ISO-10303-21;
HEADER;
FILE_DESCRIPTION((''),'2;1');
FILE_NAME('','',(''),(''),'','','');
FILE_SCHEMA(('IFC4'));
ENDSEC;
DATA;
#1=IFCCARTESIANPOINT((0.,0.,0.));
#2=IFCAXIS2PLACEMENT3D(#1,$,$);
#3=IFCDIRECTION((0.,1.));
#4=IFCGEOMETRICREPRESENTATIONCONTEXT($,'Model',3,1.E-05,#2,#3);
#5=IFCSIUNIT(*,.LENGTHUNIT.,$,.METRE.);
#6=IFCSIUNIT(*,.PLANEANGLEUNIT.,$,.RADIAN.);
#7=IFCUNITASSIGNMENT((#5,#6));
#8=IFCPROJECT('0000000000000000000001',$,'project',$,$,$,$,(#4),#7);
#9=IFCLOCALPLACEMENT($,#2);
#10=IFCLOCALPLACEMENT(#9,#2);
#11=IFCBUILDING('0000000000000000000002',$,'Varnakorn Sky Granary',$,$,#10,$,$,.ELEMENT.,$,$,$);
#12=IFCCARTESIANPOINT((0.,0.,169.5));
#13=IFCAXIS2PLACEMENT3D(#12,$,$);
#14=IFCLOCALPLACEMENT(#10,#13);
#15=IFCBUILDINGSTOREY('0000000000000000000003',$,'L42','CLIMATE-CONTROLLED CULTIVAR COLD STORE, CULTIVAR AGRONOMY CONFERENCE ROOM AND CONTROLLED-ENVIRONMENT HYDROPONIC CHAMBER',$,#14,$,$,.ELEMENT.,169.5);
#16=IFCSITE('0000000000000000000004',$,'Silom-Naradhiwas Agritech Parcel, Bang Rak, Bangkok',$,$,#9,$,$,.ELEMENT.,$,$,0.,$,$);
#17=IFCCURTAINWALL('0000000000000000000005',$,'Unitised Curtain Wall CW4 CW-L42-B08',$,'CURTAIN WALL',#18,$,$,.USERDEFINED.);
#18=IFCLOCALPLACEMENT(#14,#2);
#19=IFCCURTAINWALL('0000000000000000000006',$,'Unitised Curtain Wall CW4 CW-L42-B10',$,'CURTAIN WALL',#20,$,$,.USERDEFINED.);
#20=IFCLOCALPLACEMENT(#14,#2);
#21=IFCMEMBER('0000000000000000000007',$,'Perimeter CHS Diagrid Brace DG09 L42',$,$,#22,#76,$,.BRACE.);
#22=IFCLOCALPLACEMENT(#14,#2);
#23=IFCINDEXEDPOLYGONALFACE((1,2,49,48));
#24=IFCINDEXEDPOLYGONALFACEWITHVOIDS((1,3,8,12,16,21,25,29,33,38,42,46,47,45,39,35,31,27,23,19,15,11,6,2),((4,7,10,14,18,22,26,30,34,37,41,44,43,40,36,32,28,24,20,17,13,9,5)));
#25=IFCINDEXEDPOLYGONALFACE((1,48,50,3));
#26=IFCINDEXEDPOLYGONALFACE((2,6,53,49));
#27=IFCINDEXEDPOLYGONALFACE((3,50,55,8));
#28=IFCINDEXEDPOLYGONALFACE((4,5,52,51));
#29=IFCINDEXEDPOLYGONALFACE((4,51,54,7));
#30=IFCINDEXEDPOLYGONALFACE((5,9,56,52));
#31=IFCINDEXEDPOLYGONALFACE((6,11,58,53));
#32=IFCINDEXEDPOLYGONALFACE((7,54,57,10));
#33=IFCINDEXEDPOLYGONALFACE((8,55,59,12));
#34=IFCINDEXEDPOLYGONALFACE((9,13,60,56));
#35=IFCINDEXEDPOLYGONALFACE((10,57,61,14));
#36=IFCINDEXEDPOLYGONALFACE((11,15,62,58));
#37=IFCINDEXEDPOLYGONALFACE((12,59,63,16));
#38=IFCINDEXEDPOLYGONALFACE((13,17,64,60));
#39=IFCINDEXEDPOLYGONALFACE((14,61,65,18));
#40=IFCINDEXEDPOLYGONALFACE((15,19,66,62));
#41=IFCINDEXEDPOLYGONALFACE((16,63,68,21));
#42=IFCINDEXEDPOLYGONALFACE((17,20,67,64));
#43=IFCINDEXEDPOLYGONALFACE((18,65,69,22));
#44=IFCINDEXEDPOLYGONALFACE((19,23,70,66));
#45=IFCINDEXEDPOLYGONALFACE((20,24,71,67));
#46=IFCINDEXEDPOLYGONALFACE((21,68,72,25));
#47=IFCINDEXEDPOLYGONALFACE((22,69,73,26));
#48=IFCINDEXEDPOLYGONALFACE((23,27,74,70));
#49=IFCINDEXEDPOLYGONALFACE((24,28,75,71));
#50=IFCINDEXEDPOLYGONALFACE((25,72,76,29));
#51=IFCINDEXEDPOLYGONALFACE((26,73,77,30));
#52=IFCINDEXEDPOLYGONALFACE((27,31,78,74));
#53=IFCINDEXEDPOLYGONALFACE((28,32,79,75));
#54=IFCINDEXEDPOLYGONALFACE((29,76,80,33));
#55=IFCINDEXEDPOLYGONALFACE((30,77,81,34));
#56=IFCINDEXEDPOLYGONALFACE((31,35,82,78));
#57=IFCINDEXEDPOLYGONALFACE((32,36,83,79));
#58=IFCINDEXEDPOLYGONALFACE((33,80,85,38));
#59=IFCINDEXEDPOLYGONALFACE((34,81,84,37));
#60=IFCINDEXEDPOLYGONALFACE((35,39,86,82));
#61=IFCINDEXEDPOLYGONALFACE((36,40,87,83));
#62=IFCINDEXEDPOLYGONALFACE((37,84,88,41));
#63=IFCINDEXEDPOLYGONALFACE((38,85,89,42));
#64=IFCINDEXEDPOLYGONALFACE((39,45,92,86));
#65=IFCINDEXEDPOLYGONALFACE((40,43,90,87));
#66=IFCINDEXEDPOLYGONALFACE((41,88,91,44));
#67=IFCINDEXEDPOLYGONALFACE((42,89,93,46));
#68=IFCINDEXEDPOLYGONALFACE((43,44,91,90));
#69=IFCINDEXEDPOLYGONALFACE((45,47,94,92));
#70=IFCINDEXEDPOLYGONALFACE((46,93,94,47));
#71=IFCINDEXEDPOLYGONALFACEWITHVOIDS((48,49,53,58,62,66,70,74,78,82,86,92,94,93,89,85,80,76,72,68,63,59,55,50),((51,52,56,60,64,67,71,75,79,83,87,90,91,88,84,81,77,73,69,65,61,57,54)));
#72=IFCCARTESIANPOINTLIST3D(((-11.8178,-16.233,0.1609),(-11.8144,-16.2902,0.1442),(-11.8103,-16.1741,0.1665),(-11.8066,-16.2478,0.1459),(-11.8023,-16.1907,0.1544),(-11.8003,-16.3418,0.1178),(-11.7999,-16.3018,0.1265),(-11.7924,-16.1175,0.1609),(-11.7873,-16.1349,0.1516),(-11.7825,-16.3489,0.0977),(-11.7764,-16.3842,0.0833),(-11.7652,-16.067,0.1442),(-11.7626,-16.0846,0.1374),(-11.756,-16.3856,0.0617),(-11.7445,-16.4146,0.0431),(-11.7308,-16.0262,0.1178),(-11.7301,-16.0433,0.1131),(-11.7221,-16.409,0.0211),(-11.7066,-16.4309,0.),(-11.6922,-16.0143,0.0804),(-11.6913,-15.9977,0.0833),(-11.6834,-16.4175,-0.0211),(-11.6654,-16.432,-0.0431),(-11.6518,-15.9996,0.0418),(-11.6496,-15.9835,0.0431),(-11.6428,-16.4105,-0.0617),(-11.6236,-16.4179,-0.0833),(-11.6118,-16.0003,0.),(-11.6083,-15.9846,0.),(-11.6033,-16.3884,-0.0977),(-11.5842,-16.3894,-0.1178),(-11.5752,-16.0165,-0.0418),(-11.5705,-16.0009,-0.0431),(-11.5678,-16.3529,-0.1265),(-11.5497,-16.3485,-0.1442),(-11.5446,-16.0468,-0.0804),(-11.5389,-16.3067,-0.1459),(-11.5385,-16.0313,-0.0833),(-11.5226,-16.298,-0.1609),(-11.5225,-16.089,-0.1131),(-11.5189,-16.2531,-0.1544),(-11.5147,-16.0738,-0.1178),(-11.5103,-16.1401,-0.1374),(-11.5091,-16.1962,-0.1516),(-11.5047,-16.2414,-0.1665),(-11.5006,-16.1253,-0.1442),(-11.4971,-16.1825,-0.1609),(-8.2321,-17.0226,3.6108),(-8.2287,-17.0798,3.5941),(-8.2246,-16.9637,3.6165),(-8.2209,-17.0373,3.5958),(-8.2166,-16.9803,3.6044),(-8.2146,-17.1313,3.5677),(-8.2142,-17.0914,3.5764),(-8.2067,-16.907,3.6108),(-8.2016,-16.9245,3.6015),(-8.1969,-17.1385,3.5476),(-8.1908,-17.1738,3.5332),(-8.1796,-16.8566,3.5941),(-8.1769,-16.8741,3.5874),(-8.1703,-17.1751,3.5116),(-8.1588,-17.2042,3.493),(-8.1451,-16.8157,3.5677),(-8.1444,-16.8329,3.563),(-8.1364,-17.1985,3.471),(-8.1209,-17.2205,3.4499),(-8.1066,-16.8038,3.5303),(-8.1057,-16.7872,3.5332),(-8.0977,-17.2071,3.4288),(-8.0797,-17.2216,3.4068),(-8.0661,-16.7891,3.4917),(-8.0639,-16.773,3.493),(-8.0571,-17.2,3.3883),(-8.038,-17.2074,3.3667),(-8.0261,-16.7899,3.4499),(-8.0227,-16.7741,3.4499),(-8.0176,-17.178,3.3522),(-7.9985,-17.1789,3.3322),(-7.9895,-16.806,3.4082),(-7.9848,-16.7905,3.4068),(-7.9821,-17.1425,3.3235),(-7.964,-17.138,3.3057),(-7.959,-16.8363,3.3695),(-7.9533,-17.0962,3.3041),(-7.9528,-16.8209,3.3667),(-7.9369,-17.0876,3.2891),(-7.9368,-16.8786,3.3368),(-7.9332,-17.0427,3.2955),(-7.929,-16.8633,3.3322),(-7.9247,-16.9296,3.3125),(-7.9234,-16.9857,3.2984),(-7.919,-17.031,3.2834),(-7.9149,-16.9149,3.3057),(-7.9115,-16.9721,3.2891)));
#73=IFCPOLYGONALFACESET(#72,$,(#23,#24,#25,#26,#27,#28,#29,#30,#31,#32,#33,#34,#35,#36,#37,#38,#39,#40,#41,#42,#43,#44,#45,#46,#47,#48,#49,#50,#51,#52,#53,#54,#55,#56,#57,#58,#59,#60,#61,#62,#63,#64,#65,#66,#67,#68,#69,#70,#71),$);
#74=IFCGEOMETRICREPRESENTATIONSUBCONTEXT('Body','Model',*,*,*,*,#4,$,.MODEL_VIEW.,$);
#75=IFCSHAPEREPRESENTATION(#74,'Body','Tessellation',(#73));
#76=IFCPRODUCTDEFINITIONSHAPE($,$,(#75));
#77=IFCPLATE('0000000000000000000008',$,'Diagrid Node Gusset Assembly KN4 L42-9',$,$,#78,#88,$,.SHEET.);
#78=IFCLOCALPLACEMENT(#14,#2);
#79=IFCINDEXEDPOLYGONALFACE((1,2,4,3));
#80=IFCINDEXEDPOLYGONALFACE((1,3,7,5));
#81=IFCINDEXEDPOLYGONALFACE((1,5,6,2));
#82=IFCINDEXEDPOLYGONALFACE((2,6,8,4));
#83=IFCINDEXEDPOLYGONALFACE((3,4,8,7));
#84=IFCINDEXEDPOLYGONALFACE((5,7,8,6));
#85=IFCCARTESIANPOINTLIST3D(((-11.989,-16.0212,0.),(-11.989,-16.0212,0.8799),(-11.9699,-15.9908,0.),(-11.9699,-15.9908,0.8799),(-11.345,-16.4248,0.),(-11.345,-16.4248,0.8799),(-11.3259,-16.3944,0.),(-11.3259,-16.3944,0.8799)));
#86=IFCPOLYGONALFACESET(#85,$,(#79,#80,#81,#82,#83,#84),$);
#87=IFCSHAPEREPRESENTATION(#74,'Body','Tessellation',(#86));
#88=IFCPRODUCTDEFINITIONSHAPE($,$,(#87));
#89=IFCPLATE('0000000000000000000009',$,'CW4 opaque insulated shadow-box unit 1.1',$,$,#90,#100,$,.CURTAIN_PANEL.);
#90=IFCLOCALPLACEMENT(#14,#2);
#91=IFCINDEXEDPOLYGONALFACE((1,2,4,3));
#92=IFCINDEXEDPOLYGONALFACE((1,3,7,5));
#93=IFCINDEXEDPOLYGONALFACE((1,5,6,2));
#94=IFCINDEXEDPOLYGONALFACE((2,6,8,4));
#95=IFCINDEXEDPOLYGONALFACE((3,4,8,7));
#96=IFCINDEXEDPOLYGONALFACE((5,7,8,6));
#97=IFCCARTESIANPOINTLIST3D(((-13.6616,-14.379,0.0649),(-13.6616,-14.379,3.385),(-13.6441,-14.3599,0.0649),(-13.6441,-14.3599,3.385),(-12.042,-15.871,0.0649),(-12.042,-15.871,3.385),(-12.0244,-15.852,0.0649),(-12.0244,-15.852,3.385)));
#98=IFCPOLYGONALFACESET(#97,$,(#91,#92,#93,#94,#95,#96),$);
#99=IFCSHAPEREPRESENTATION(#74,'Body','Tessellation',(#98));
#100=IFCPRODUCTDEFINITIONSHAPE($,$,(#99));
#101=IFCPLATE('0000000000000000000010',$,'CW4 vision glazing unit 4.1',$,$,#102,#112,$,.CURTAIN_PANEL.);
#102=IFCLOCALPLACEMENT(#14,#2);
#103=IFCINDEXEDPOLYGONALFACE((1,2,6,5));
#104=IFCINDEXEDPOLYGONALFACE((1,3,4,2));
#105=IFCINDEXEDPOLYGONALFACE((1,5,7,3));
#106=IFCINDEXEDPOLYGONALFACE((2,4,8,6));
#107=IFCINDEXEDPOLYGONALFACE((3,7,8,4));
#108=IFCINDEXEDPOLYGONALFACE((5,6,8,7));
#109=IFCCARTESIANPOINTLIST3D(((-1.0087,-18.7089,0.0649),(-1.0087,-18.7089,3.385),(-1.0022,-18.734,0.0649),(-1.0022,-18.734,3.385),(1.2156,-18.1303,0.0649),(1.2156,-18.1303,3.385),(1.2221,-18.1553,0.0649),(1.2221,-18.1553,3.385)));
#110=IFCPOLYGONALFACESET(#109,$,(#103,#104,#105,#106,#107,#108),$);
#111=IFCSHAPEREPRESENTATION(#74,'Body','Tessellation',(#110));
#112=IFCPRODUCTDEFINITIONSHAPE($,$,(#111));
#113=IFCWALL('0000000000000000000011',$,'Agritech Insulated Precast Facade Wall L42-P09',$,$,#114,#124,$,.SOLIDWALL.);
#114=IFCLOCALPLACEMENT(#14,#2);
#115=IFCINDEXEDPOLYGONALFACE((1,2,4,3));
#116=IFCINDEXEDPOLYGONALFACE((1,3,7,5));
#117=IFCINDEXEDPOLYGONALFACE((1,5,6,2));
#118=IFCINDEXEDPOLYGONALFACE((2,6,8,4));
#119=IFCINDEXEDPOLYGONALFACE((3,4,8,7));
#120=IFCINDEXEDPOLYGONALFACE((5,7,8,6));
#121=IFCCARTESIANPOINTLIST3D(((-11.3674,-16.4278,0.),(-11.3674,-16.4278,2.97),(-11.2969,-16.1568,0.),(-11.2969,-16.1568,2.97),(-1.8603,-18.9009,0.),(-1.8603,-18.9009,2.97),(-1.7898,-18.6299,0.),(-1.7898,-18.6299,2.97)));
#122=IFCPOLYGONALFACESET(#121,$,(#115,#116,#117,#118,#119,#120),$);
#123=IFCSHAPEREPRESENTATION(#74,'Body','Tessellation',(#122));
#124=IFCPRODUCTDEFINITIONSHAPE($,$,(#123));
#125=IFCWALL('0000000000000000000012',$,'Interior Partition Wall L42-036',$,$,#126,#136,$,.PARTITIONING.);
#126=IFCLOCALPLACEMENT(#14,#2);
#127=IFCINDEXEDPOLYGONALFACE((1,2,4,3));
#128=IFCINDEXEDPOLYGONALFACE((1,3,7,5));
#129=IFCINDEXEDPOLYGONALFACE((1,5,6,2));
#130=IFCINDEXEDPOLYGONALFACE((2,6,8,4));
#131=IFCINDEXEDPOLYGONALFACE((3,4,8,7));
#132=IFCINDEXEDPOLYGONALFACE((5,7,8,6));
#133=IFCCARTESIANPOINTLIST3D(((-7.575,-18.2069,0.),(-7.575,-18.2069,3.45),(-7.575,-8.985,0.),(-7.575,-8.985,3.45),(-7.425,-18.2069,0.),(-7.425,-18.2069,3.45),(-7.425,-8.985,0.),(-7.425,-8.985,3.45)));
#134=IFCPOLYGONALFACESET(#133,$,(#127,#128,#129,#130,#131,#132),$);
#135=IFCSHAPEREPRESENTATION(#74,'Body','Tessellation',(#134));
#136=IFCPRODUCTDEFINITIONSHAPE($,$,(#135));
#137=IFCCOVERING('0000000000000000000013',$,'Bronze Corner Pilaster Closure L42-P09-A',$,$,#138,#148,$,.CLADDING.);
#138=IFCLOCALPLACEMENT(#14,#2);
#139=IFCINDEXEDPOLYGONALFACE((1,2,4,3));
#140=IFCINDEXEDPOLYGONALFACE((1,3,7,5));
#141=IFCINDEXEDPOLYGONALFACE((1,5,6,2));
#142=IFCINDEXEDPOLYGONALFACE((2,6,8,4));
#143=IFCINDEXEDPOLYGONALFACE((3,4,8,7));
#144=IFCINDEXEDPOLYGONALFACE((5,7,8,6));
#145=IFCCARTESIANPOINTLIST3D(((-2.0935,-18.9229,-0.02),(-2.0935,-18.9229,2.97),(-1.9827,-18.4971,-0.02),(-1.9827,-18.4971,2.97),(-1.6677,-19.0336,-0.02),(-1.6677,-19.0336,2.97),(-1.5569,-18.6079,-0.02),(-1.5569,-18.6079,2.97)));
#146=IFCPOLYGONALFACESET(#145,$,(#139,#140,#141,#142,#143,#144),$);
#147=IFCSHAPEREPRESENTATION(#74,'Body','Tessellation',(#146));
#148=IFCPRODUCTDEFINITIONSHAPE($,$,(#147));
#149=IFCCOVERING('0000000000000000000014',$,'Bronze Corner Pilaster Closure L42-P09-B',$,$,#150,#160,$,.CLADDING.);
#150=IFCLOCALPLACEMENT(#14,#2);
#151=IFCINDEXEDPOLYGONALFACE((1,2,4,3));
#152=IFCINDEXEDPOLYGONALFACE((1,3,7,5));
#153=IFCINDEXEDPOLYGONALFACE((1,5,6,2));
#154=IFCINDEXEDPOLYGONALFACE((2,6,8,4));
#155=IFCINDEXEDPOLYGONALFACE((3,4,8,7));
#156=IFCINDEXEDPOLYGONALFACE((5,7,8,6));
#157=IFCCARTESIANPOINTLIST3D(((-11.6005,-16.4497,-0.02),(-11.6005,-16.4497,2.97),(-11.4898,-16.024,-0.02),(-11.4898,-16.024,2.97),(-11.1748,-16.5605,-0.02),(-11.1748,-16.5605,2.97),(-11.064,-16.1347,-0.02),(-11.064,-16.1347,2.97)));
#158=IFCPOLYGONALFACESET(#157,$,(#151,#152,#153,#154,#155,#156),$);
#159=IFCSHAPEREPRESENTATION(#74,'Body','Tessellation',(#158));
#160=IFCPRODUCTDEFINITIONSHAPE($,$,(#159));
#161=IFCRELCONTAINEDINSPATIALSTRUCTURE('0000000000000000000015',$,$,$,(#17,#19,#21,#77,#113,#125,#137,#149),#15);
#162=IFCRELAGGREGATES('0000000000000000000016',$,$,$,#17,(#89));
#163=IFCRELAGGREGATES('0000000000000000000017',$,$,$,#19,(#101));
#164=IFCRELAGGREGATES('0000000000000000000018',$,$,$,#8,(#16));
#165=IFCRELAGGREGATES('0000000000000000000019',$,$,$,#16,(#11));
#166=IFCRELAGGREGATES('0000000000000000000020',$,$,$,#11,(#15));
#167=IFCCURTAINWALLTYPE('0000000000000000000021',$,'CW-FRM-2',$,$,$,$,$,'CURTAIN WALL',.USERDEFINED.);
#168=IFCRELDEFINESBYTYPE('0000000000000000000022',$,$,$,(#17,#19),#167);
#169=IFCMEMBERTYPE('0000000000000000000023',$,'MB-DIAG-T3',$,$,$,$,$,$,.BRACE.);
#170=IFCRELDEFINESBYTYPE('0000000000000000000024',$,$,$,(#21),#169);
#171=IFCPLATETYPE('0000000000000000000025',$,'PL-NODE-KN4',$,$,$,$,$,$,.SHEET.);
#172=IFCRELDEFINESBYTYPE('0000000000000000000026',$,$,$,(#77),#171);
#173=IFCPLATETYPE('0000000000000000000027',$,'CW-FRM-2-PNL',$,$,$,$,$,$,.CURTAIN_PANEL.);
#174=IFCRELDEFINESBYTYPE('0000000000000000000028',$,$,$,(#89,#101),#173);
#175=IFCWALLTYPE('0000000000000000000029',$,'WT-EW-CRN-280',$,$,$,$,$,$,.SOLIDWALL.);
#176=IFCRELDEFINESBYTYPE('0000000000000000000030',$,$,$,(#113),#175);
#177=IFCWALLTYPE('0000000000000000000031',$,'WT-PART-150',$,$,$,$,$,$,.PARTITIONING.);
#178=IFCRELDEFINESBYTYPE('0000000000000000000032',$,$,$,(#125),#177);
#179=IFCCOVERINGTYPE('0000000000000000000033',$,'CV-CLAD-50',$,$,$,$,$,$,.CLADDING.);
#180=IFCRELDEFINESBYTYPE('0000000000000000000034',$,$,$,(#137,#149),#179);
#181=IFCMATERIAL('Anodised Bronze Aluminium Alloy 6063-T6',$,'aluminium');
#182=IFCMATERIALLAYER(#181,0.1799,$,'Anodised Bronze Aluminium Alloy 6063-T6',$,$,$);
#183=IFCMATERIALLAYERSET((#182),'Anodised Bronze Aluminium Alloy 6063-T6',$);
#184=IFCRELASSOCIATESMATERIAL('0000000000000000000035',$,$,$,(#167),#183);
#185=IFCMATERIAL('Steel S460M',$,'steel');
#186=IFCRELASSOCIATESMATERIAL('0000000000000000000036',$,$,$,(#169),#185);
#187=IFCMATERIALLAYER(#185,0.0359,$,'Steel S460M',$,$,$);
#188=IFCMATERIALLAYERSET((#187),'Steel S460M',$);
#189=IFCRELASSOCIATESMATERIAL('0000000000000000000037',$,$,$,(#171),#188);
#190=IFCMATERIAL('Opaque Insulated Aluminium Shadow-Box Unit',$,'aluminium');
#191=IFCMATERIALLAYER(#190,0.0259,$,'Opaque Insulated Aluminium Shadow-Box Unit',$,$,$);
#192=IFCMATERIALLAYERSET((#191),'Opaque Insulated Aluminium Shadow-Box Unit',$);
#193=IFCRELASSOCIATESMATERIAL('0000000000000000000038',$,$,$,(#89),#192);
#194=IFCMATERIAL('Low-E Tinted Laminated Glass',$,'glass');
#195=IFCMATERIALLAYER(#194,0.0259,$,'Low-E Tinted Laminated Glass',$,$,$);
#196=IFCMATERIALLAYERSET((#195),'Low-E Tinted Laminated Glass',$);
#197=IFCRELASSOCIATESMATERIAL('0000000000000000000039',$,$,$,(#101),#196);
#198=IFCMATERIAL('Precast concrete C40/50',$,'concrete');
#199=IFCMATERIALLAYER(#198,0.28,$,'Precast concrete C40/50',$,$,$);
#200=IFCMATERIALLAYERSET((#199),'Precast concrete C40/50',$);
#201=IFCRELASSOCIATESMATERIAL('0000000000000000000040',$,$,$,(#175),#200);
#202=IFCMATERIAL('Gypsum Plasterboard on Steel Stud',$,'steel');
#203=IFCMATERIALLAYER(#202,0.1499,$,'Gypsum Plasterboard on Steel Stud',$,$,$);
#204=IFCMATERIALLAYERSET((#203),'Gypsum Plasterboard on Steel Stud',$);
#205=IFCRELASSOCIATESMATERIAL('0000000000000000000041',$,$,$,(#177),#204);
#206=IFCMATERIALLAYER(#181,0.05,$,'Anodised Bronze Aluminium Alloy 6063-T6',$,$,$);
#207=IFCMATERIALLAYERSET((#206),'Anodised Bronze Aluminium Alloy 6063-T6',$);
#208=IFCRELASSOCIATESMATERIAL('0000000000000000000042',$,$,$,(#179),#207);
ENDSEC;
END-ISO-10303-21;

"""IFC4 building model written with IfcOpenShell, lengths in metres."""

from ifc_helpers import new_model, si_unit, direction, frame, frame_2d, origin, origin_2d, place, context, subcontext, project, spatial, rectangle, hollow_circle, extrude, source, transform, mapped, material, layer, layer_set, material_profile, profile_set, type_object, type_shapes, element, aggregate, save


model = new_model("IFC4")

# Units and contexts
model_context = context("Model", 3, precision=1e-05, world=origin(), true_north=direction((0.0, 1.0)))
body_context = subcontext(model_context, "Body", "Model", "MODEL_VIEW")
ifc_project = project(units=[si_unit("LENGTHUNIT", "METRE"), si_unit("PLANEANGLEUNIT", "RADIAN")], contexts=[model_context])

# Site, building, storey
site_placement = place(None, origin())
site = spatial("IfcSite", under=ifc_project, at=site_placement, Name="Silom-Naradhiwas Agritech Parcel, Bang Rak, Bangkok", CompositionType="ELEMENT", RefElevation=0.0)
building_placement = place(site_placement, origin())
building = spatial("IfcBuilding", under=site, at=building_placement, Name="Varnakorn Sky Granary", CompositionType="ELEMENT")
storey_placement = place(building_placement, frame((0.0, 0.0, 169.5)))
storey = spatial("IfcBuildingStorey", under=building, at=storey_placement, Name="L42", Description="CLIMATE-CONTROLLED CULTIVAR COLD STORE, CULTIVAR AGRONOMY CONFERENCE ROOM AND CONTROLLED-ENVIRONMENT HYDROPONIC CHAMBER", CompositionType="ELEMENT", Elevation=169.5)

# Shared definitions
ifc_material_1 = material(Name="Steel S460M", Category="steel")

# Curtain wall
ifc_material_2 = material(Name="Anodised Bronze Aluminium Alloy 6063-T6", Category="aluminium")
ifc_layer_1 = layer(ifc_material_2, 0.1799, Name="Anodised Bronze Aluminium Alloy 6063-T6")
ifc_layer_set_1 = layer_set([ifc_layer_1], Name="Anodised Bronze Aluminium Alloy 6063-T6")
curtain_wall_type = type_object("IfcCurtainWallType", Name="CW-FRM-2", ElementType="CURTAIN WALL", PredefinedType="USERDEFINED", material=ifc_layer_set_1)
curtain_wall_1_placement = place(storey_placement, origin())
curtain_wall_1 = element("IfcCurtainWall", 1, at=curtain_wall_1_placement, inside=storey, type_object=curtain_wall_type, Name="Unitised Curtain Wall CW4 CW-L42-B08", ObjectType="CURTAIN WALL", PredefinedType="USERDEFINED")

# Curtain wall
curtain_wall_2_placement = place(storey_placement, origin())
curtain_wall_2 = element("IfcCurtainWall", 2, at=curtain_wall_2_placement, inside=storey, type_object=curtain_wall_type, Name="Unitised Curtain Wall CW4 CW-L42-B10", ObjectType="CURTAIN WALL", PredefinedType="USERDEFINED")

# Member
ifc_material_profile_1 = material_profile(ifc_material_1, hollow_circle(Radius=0.2285, WallThickness=0.0161, at=origin_2d()), Name="CHS 457x16")
ifc_profile_set_1 = profile_set([ifc_material_profile_1], Name="Steel S460M")
member_type_1 = type_object("IfcMemberType", Name="MB-DIAG-T3", PredefinedType="BRACE", material=ifc_profile_set_1)
member_1_placement = place(storey_placement, frame((-11.6575, -16.2078, 0.0), z_axis=(0.711711, -0.156715, 0.684768), x_axis=(0.215043, 0.976605, 0.0)))
element("IfcMember", 3, at=member_1_placement, inside=storey, type_object=member_type_1, Name="Perimeter CHS Diagrid Brace DG09 L42", PredefinedType="BRACE", context=body_context, shape_type="SweptSolid", body=[
    extrude(hollow_circle(Radius=0.2285, WallThickness=0.0161, at=origin_2d()), origin(), (0.0, 0.0, 1.0), 5.0381),
])

# Plates
ifc_layer_2 = layer(ifc_material_1, 0.0359, Name="Steel S460M")
ifc_layer_set_2 = layer_set([ifc_layer_2], Name="Steel S460M")
plate_type_1 = type_object("IfcPlateType", Name="PL-NODE-KN4", PredefinedType="SHEET", material=ifc_layer_set_2)
plate_1_placement = place(storey_placement, frame((-11.6575, -16.2078, 0.0), z_axis=(0.0, 0.0, 1.0), x_axis=(0.847347, -0.531039, 0.0)))
element("IfcPlate", 4, at=plate_1_placement, inside=storey, type_object=plate_type_1, Name="Diagrid Node Gusset Assembly KN4 L42-9", PredefinedType="SHEET", context=body_context, shape_type="SweptSolid", body=[
    extrude(rectangle(XDim=0.76, YDim=0.0359, at=origin_2d()), origin(), (0.0, 0.0, 1.0), 0.8799),
])
ifc_material_3 = material(Name="Opaque Insulated Aluminium Shadow-Box Unit", Category="aluminium")
ifc_layer_3 = layer(ifc_material_3, 0.0259, Name="Opaque Insulated Aluminium Shadow-Box Unit")
ifc_layer_set_3 = layer_set([ifc_layer_3], Name="Opaque Insulated Aluminium Shadow-Box Unit")
plate_type_2 = type_object("IfcPlateType", Name="CW-FRM-2-PNL", PredefinedType="CURTAIN_PANEL")
shared_shape_1 = source(origin(), body_context, "Body", "SweptSolid", [
    extrude(rectangle(XDim=2.2021, YDim=0.0259, at=origin_2d()), origin(), (0.0, 0.0, 1.0), 3.3201),
])
plate_2_placement = place(storey_placement, frame((-12.843, -15.1155, 0.0649), z_axis=(0.0, 0.0, 1.0), x_axis=(-0.735479, 0.677548, 0.0)))
plate_2 = element("IfcPlate", 5, at=plate_2_placement, type_object=plate_type_2, material=ifc_layer_set_3, Name="CW4 opaque insulated shadow-box unit 1.1", PredefinedType="CURTAIN_PANEL", context=body_context, shape_type="MappedRepresentation", body=[
    mapped(shared_shape_1, transform((0.0, 0.0, 0.0), x_axis=(1.0, 0.0, 0.0), y_axis=(0.0, 1.0, 0.0), z_axis=(0.0, 0.0, 1.0), scale=1.0)),
])
aggregate(curtain_wall_1, [plate_2])
ifc_material_4 = material(Name="Low-E Tinted Laminated Glass", Category="glass")
ifc_layer_4 = layer(ifc_material_4, 0.0259, Name="Low-E Tinted Laminated Glass")
ifc_layer_set_4 = layer_set([ifc_layer_4], Name="Low-E Tinted Laminated Glass")
shared_shape_2 = source(origin(), body_context, "Body", "SweptSolid", [
    extrude(rectangle(XDim=2.2983, YDim=0.0259, at=origin_2d()), origin(), (0.0, 0.0, 1.0), 3.3201),
])
type_shapes(plate_type_2, [shared_shape_1, shared_shape_2])
plate_3_placement = place(storey_placement, frame((0.1067, -18.4321, 0.0649), z_axis=(0.0, 0.0, 1.0), x_axis=(-0.96779, -0.251759, 0.0)))
plate_3 = element("IfcPlate", 6, at=plate_3_placement, type_object=plate_type_2, material=ifc_layer_set_4, Name="CW4 vision glazing unit 4.1", PredefinedType="CURTAIN_PANEL", context=body_context, shape_type="MappedRepresentation", body=[
    mapped(shared_shape_2, transform((0.0, 0.0, 0.0), x_axis=(1.0, 0.0, 0.0), y_axis=(0.0, 1.0, 0.0), z_axis=(0.0, 0.0, 1.0), scale=1.0)),
])
aggregate(curtain_wall_2, [plate_3])

# Walls
ifc_material_5 = material(Name="Precast concrete C40/50", Category="concrete")
ifc_layer_5 = layer(ifc_material_5, 0.28, Name="Precast concrete C40/50")
ifc_layer_set_5 = layer_set([ifc_layer_5], Name="Precast concrete C40/50")
wall_type_1 = type_object("IfcWallType", Name="WT-EW-CRN-280", PredefinedType="SOLIDWALL", material=ifc_layer_set_5)
wall_1_placement = place(storey_placement, frame((-1.8252, -18.7654, 0.0), z_axis=(0.0, 0.0, 1.0), x_axis=(-0.96779, 0.251758, 0.0)))
element("IfcWall", 7, at=wall_1_placement, inside=storey, type_object=wall_type_1, Name="Agritech Insulated Precast Facade Wall L42-P09", PredefinedType="SOLIDWALL", context=body_context, shape_type="SweptSolid", body=[
    extrude(rectangle(XDim=9.8235, YDim=0.28, at=frame_2d((4.9116, 0.0))), origin(), (0.0, 0.0, 1.0), 2.97),
])
ifc_material_6 = material(Name="Gypsum Plasterboard on Steel Stud", Category="steel")
ifc_layer_6 = layer(ifc_material_6, 0.1499, Name="Gypsum Plasterboard on Steel Stud")
ifc_layer_set_6 = layer_set([ifc_layer_6], Name="Gypsum Plasterboard on Steel Stud")
wall_type_2 = type_object("IfcWallType", Name="WT-PART-150", PredefinedType="PARTITIONING", material=ifc_layer_set_6)
wall_2_placement = place(storey_placement, frame((-7.5, -8.9851, 0.0), z_axis=(0.0, 0.0, 1.0), x_axis=(0.0, -1.0, 0.0)))
element("IfcWall", 8, at=wall_2_placement, inside=storey, type_object=wall_type_2, Name="Interior Partition Wall L42-036", PredefinedType="PARTITIONING", context=body_context, shape_type="SweptSolid", body=[
    extrude(rectangle(XDim=9.2219, YDim=0.1499, at=frame_2d((4.6108, 0.0))), origin(), (0.0, 0.0, 1.0), 3.45),
])

# Coverings
ifc_layer_7 = layer(ifc_material_2, 0.05, Name="Anodised Bronze Aluminium Alloy 6063-T6")
ifc_layer_set_7 = layer_set([ifc_layer_7], Name="Anodised Bronze Aluminium Alloy 6063-T6")
covering_type = type_object("IfcCoveringType", Name="CV-CLAD-50", PredefinedType="CLADDING", material=ifc_layer_set_7)
shared_shape_3 = source(origin(), body_context, "Body", "SweptSolid", [
    extrude(rectangle(XDim=0.4399, YDim=0.4399, at=origin_2d()), origin(), (0.0, 0.0, 1.0), 2.99),
])
type_shapes(covering_type, [shared_shape_3])
for number, where, z_axis, x_axis, name in (
    (9, (-1.8252, -18.7654, -0.02), (0.0, 0.0, 1.0), (-0.967797, 0.251732, 0.0), "Bronze Corner Pilaster Closure L42-P09-A"),
    (10, (-11.3323, -16.2922, -0.02), (0.0, 0.0, 1.0), (-0.967797, 0.251732, 0.0), "Bronze Corner Pilaster Closure L42-P09-B"),
):
    element("IfcCovering", number, at=place(storey_placement, frame(where, z_axis=z_axis, x_axis=x_axis)), inside=storey, type_object=covering_type, Name=name, PredefinedType="CLADDING", context=body_context, shape_type="MappedRepresentation", body=[
        mapped(shared_shape_3, transform((0.0, 0.0, 0.0), x_axis=(1.0, 0.0, 0.0), y_axis=(0.0, 1.0, 0.0), z_axis=(0.0, 0.0, 1.0), scale=1.0)),
    ])

save(model, "model.ifc")
